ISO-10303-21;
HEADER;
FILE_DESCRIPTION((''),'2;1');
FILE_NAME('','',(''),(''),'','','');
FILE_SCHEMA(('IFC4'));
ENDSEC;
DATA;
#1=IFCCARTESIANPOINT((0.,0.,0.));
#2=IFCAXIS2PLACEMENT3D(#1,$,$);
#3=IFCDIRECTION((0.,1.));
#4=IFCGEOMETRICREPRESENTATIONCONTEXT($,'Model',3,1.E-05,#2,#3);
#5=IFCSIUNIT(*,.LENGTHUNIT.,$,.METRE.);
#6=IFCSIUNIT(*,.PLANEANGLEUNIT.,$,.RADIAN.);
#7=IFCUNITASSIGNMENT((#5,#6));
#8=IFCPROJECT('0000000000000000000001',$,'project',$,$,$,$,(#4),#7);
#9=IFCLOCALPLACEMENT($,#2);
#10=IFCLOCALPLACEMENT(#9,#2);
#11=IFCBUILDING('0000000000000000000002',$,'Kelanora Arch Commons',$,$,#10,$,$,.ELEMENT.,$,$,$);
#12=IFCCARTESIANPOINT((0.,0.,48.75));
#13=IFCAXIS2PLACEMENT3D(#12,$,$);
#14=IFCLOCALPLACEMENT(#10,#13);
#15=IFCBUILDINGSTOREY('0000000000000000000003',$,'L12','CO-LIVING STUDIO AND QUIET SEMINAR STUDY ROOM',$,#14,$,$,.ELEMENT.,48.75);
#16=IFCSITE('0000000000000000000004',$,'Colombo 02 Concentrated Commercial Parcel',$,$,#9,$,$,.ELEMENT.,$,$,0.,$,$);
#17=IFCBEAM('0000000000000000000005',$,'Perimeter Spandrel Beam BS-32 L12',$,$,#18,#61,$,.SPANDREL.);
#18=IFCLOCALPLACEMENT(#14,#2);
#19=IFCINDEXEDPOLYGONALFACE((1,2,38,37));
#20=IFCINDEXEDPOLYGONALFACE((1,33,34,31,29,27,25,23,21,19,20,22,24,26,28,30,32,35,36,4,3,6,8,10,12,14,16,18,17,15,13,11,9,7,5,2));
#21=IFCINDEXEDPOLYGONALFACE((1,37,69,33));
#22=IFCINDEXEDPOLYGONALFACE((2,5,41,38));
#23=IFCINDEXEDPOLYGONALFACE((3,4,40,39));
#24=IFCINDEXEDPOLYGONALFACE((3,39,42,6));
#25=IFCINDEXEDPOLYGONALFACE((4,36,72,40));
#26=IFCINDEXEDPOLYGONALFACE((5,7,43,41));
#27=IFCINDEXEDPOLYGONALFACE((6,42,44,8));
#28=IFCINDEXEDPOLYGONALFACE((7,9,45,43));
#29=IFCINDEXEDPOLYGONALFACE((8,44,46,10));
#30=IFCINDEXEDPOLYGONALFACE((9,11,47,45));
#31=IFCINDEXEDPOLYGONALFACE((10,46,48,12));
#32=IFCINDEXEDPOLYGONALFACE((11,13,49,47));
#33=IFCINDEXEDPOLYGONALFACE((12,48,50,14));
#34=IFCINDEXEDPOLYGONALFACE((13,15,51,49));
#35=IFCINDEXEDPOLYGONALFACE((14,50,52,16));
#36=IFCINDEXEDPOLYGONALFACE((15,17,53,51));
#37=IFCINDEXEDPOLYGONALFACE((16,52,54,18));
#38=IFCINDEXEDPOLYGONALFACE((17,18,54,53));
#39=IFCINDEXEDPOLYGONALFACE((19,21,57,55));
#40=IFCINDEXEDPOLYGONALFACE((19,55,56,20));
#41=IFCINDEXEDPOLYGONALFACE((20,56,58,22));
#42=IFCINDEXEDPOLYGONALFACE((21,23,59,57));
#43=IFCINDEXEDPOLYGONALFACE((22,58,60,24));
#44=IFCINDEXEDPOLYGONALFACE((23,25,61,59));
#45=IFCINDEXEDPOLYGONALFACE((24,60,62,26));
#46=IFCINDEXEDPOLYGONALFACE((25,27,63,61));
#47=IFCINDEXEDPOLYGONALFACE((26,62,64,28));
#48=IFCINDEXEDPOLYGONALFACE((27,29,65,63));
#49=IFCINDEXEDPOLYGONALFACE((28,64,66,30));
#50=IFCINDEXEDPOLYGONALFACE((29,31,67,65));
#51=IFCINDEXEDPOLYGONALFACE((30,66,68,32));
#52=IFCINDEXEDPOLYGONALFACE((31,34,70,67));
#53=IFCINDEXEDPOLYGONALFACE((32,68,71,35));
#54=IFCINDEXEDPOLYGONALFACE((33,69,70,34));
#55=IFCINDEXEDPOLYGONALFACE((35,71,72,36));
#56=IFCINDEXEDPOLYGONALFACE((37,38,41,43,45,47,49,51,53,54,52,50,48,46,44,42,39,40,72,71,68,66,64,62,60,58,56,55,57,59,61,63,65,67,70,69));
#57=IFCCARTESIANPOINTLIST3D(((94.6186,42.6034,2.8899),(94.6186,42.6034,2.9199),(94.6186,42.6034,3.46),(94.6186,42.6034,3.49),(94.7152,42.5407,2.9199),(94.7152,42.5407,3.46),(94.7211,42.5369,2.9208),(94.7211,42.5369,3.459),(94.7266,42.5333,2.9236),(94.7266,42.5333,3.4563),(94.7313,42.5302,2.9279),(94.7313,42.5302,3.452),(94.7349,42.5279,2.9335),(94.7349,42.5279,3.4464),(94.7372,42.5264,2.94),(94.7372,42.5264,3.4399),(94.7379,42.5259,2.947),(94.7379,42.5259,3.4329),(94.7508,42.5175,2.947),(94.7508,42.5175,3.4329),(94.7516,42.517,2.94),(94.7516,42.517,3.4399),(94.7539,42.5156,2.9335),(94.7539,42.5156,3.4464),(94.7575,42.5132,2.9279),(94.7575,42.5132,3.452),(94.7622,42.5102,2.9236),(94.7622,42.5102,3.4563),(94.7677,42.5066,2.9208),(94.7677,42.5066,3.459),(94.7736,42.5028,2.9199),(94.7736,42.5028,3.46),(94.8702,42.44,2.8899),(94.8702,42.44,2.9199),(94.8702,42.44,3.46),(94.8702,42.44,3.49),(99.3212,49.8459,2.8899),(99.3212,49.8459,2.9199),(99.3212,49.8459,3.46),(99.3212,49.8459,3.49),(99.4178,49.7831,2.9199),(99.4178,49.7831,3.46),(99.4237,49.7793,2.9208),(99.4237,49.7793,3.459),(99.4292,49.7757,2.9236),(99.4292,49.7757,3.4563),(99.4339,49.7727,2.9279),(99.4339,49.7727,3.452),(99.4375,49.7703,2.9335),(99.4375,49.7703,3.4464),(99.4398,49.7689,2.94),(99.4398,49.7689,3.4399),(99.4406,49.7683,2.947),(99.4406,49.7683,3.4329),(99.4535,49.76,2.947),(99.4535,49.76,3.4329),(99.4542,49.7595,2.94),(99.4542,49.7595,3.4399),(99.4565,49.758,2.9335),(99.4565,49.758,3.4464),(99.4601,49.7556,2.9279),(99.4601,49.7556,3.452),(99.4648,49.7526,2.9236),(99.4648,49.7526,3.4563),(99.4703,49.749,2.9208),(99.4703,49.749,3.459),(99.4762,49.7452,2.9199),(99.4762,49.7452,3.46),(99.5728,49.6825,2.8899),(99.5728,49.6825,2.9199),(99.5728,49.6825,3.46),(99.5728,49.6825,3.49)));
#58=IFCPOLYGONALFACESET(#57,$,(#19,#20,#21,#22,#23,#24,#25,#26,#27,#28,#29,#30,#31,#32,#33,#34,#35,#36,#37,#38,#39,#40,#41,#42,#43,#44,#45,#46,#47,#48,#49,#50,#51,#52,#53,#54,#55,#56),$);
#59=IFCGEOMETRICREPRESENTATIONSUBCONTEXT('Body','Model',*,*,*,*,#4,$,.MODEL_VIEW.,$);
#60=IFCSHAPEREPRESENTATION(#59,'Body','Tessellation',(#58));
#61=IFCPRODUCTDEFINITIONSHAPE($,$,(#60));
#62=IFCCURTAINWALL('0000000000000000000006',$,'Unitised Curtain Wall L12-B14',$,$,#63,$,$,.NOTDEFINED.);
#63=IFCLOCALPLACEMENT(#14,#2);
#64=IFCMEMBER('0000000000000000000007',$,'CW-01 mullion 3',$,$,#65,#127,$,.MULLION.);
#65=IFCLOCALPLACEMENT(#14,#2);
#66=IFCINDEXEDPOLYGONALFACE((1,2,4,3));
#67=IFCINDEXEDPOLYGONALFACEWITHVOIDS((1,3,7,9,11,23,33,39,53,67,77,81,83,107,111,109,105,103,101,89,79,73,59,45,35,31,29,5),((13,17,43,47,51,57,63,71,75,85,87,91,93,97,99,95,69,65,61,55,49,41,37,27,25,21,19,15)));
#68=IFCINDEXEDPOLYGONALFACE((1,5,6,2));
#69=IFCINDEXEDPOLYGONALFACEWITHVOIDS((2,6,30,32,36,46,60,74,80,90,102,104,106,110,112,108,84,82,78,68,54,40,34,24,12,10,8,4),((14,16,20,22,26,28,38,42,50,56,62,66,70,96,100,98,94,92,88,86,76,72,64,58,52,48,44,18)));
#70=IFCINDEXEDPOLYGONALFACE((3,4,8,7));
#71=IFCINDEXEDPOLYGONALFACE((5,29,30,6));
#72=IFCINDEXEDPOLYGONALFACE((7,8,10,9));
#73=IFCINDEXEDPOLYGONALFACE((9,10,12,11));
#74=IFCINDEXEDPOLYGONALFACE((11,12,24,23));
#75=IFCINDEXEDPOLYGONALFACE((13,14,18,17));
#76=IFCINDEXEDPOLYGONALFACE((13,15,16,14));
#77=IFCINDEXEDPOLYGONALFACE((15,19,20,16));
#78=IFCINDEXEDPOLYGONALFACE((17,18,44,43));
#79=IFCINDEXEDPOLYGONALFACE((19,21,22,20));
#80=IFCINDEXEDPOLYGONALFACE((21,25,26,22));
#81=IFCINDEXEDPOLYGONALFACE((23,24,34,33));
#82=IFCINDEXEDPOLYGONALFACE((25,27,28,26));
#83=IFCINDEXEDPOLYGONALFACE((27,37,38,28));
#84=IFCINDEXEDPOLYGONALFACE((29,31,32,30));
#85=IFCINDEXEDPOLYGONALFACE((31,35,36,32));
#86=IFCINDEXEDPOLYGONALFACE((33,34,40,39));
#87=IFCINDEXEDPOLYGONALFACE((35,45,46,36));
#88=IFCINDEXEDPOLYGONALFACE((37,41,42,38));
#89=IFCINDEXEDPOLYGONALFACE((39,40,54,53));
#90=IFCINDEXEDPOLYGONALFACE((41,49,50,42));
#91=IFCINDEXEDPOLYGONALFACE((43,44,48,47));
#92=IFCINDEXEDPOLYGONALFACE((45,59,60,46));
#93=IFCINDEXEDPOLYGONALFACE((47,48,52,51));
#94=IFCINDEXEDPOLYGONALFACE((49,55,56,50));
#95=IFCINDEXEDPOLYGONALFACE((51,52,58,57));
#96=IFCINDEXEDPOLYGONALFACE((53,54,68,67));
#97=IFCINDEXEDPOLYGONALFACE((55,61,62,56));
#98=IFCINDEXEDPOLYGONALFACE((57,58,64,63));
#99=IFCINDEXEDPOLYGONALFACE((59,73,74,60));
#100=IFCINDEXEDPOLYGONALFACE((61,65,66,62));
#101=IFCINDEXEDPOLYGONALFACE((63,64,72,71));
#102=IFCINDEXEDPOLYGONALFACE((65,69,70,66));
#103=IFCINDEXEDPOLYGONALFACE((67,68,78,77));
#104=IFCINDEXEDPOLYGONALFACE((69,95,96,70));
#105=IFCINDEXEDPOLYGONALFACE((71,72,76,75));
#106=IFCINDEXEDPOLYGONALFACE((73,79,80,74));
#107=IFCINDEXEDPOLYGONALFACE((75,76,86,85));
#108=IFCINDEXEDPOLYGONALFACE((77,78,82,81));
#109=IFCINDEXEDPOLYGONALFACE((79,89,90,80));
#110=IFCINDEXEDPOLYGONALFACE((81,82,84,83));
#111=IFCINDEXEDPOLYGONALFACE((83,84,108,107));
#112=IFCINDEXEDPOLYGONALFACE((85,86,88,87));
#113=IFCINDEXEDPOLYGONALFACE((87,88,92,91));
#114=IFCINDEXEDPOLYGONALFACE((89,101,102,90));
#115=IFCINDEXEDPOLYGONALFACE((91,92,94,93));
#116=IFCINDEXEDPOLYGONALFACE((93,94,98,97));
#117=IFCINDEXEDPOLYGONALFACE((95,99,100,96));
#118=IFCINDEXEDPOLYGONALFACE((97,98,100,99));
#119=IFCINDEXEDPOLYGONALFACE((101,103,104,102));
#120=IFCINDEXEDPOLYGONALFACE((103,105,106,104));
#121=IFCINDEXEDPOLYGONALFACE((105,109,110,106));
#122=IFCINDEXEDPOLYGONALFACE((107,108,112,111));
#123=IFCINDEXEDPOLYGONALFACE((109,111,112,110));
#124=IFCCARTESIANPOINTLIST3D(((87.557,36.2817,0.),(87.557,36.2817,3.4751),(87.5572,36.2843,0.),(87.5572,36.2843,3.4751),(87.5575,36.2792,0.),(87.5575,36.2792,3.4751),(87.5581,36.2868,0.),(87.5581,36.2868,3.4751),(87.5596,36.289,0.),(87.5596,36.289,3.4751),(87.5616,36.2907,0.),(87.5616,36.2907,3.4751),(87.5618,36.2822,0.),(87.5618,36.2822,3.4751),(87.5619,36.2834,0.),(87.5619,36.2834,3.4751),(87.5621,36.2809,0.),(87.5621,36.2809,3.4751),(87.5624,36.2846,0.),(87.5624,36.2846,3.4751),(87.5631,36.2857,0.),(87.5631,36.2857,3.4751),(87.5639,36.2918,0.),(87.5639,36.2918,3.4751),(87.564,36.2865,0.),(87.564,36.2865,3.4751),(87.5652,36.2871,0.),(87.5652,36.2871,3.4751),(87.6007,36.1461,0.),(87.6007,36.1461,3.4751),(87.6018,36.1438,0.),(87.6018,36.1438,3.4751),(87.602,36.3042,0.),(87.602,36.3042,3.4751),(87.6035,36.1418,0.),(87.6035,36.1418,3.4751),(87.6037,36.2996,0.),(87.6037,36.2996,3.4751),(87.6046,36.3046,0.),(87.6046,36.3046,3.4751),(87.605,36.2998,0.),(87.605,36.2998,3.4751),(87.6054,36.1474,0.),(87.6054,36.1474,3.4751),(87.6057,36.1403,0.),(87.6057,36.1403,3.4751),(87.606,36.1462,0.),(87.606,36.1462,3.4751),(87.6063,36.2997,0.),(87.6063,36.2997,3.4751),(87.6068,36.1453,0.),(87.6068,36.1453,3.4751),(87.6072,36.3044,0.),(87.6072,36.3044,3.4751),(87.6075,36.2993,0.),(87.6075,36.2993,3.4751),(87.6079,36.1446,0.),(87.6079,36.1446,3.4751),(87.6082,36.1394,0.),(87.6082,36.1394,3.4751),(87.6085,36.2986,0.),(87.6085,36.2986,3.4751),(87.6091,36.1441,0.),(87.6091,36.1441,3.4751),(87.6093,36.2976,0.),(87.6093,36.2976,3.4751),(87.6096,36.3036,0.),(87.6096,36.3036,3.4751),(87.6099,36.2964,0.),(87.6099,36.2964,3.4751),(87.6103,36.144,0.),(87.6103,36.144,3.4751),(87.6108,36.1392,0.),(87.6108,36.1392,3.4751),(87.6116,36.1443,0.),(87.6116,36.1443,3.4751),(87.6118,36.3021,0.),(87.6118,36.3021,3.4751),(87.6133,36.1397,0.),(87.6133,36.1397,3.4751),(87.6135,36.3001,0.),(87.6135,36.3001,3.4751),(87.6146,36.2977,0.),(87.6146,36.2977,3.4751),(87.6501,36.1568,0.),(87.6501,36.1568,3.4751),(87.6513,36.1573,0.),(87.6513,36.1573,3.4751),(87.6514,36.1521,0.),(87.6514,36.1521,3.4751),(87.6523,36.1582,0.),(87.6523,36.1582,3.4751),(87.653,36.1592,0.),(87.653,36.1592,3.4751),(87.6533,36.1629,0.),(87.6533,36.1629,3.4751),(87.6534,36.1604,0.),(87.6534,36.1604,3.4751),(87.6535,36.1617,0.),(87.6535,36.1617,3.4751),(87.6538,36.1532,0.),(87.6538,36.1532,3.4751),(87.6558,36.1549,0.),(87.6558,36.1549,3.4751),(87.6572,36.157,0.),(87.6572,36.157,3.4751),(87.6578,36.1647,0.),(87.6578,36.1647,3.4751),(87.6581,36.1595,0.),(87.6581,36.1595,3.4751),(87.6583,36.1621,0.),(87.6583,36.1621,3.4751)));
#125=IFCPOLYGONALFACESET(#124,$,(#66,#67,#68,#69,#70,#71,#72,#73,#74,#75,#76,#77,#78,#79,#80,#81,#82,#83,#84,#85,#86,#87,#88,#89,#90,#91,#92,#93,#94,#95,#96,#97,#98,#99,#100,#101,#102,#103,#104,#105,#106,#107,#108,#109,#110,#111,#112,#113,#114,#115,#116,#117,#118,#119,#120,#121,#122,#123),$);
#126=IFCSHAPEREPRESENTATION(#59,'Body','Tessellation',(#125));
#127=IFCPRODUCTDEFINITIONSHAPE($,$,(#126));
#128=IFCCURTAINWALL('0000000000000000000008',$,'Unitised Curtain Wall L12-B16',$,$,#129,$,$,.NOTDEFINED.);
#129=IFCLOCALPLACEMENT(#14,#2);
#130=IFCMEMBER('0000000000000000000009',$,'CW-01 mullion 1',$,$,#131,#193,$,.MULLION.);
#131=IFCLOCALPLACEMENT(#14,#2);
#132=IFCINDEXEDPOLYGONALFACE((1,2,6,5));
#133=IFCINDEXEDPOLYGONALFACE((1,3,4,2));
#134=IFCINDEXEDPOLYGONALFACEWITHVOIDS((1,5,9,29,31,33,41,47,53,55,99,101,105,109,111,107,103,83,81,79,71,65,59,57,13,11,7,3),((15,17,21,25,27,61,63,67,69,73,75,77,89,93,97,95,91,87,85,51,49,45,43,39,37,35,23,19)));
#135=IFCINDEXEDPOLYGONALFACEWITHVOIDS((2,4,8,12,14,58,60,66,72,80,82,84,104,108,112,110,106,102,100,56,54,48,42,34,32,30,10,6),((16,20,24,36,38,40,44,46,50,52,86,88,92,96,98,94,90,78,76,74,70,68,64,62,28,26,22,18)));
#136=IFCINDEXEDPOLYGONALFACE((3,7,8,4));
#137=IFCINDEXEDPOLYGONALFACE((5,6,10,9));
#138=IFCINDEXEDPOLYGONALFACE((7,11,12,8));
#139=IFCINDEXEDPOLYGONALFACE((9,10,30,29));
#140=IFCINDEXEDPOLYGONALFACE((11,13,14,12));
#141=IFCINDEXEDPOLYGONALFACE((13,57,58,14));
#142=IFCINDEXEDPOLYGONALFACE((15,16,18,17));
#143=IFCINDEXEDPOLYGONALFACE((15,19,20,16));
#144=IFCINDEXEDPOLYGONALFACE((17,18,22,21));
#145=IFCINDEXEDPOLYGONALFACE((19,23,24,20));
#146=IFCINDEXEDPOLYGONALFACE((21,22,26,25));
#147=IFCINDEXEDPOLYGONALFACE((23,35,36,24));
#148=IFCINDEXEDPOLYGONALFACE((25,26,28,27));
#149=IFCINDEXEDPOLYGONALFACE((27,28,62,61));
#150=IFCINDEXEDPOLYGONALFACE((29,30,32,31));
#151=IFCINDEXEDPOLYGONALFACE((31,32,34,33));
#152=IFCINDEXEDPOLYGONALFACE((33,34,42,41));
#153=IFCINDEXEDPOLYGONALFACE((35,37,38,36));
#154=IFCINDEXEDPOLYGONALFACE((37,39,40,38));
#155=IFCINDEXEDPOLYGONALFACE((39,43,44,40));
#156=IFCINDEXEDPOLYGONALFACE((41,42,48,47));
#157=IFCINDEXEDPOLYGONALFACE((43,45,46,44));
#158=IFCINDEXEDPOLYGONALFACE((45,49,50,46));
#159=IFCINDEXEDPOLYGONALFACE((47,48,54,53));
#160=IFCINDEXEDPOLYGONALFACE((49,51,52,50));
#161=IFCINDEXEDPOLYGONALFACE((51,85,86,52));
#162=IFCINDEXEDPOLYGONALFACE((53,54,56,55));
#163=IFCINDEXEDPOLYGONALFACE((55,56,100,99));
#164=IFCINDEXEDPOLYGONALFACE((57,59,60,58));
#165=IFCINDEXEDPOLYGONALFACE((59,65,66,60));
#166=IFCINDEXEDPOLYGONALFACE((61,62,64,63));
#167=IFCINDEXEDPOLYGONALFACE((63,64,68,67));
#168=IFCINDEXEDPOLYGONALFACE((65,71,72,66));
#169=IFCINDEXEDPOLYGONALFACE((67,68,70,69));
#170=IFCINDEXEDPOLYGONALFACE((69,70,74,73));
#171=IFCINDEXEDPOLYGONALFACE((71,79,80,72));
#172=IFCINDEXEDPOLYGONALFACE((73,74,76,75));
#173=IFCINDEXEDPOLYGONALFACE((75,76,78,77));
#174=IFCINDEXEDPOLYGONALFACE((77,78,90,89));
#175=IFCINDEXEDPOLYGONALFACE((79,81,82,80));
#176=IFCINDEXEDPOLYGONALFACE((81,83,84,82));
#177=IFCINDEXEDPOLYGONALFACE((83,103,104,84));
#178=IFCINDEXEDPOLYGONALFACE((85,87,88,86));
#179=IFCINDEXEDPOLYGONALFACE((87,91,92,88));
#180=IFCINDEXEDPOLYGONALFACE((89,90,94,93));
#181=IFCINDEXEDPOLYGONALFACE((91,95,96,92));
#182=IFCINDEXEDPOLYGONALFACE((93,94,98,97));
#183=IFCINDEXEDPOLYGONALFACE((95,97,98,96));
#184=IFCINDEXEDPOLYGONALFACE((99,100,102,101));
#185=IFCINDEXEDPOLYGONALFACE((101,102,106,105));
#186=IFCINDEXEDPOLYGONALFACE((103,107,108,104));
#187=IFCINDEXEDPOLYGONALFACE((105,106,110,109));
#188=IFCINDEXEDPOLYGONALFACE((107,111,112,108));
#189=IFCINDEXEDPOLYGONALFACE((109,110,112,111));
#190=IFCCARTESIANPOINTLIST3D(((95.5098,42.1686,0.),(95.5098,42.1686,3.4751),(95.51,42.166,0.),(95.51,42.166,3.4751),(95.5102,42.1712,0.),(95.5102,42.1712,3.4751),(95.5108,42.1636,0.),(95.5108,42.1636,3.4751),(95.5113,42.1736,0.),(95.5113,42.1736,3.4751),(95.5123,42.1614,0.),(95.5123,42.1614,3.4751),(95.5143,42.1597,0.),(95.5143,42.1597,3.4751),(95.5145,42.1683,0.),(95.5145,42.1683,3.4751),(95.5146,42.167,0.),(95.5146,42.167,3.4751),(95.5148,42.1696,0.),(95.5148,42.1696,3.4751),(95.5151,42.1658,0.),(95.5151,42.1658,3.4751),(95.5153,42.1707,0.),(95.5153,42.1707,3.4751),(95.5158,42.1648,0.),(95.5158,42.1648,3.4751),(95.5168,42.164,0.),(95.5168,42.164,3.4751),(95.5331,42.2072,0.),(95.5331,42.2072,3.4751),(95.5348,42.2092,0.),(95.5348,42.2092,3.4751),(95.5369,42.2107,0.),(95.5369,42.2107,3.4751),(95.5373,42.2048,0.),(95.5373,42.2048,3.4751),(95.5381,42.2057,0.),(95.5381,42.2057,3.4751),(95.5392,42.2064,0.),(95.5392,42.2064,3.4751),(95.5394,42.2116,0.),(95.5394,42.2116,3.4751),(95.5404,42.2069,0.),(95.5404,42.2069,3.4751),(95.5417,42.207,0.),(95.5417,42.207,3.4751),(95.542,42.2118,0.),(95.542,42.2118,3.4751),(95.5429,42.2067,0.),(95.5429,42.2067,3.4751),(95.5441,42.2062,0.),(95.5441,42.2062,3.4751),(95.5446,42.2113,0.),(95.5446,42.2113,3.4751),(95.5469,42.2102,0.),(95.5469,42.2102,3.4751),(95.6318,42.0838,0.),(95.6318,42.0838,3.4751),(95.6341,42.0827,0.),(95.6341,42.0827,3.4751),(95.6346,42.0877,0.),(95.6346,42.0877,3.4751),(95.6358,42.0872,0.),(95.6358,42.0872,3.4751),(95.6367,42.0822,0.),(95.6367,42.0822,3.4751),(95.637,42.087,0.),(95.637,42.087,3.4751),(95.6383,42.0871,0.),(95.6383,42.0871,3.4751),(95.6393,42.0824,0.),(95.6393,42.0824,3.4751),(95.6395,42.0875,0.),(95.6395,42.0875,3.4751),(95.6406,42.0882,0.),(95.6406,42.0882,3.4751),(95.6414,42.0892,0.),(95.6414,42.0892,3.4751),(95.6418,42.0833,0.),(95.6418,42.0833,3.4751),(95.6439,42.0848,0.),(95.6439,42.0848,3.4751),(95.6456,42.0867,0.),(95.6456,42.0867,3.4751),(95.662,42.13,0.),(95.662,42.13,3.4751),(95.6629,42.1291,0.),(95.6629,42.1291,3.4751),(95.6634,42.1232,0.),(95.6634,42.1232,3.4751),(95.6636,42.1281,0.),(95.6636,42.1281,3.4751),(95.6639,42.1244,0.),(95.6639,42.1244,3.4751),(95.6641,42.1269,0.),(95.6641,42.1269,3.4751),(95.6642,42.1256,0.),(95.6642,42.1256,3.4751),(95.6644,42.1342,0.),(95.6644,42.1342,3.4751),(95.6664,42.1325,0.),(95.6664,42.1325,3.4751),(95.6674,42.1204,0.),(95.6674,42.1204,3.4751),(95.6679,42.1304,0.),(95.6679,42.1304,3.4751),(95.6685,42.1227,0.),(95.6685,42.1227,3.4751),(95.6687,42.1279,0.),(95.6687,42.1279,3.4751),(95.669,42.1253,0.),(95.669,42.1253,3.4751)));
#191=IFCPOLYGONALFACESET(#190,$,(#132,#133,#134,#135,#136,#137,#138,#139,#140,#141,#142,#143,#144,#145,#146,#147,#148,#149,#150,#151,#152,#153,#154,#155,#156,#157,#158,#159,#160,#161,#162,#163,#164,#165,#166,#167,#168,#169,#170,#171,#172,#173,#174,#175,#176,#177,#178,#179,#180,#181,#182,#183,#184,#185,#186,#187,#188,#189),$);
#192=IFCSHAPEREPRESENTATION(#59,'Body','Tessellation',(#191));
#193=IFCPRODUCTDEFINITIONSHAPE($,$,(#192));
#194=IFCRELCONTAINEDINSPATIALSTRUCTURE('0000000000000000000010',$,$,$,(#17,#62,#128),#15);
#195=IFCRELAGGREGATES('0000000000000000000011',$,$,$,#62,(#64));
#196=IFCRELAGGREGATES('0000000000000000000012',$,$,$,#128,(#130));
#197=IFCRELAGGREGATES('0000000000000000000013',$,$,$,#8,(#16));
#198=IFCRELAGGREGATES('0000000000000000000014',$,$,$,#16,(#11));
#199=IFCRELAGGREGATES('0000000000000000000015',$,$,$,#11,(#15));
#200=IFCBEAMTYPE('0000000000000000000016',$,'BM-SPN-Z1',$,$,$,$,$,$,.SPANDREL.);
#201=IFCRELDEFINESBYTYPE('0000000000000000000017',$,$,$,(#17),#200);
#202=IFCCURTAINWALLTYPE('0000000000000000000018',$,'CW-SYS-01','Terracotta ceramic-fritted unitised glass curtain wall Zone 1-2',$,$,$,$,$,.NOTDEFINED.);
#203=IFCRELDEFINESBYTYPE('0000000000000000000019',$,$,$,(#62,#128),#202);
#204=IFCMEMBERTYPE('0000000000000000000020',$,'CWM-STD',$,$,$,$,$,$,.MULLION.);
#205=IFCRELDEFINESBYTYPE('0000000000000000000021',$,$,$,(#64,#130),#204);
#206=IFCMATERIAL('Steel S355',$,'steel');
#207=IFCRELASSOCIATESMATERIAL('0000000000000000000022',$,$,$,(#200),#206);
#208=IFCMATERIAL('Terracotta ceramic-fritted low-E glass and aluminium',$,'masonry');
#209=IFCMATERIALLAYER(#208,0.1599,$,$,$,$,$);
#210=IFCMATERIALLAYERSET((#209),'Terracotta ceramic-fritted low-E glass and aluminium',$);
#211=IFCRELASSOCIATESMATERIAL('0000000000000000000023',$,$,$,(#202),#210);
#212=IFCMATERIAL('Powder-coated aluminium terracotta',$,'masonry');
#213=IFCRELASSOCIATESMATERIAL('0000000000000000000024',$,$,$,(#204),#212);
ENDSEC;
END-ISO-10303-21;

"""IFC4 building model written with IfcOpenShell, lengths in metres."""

from ifc_helpers import new_model, si_unit, direction, frame, origin, origin_2d, place, context, subcontext, project, spatial, hollow_rectangle, i_section, extrude, material, layer, layer_set, material_profile, profile_set, type_object, element, aggregate, save


model = new_model("IFC4")

# Units and contexts
model_context = context("Model", 3, precision=1e-05, world=origin(), true_north=direction((0.0, 1.0)))
body_context = subcontext(model_context, "Body", "Model", "MODEL_VIEW")
ifc_project = project(units=[si_unit("LENGTHUNIT", "METRE"), si_unit("PLANEANGLEUNIT", "RADIAN")], contexts=[model_context])

# Site, building, storey
site_placement = place(None, origin())
site = spatial("IfcSite", under=ifc_project, at=site_placement, Name="Colombo 02 Concentrated Commercial Parcel", CompositionType="ELEMENT", RefElevation=0.0)
building_placement = place(site_placement, origin())
building = spatial("IfcBuilding", under=site, at=building_placement, Name="Kelanora Arch Commons", CompositionType="ELEMENT")
storey_placement = place(building_placement, frame((0.0, 0.0, 48.75)))
storey = spatial("IfcBuildingStorey", under=building, at=storey_placement, Name="L12", Description="CO-LIVING STUDIO AND QUIET SEMINAR STUDY ROOM", CompositionType="ELEMENT", Elevation=48.75)

# Beam
ifc_material_1 = material(Name="Steel S355", Category="steel")
ifc_material_profile_1 = material_profile(ifc_material_1, i_section(OverallWidth=0.3, OverallDepth=0.6001, WebThickness=0.0154, FlangeThickness=0.03, FilletRadius=0.0271, at=origin_2d()), Name="HEB600")
ifc_profile_set_1 = profile_set([ifc_material_profile_1], Name="Steel S355")
beam_type_1 = type_object("IfcBeamType", Name="BM-SPN-Z1", PredefinedType="SPANDREL", material=ifc_profile_set_1)
beam_1_placement = place(storey_placement, frame((94.7444, 42.5217, 3.1899), z_axis=(0.544586, 0.838705, 0.0), x_axis=(-0.838705, 0.544586, 0.0)))
element("IfcBeam", 1, at=beam_1_placement, inside=storey, type_object=beam_type_1, Name="Perimeter Spandrel Beam BS-32 L12", PredefinedType="SPANDREL", context=body_context, shape_type="SweptSolid", body=[
    extrude(i_section(OverallWidth=0.3, OverallDepth=0.6001, WebThickness=0.0154, FlangeThickness=0.03, FilletRadius=0.0271, at=origin_2d()), origin(), (0.0, 0.0, 1.0), 8.6353),
])

# Curtain wall, member
ifc_material_2 = material(Name="Terracotta ceramic-fritted low-E glass and aluminium", Category="masonry")
ifc_layer_1 = layer(ifc_material_2, 0.1599)
ifc_layer_set_1 = layer_set([ifc_layer_1], Name="Terracotta ceramic-fritted low-E glass and aluminium")
curtain_wall_type = type_object("IfcCurtainWallType", Name="CW-SYS-01", Description="Terracotta ceramic-fritted unitised glass curtain wall Zone 1-2", PredefinedType="NOTDEFINED", material=ifc_layer_set_1)
curtain_wall_1_placement = place(storey_placement, origin())
curtain_wall_1 = element("IfcCurtainWall", 2, at=curtain_wall_1_placement, inside=storey, type_object=curtain_wall_type, Name="Unitised Curtain Wall L12-B14", PredefinedType="NOTDEFINED")
ifc_material_3 = material(Name="Powder-coated aluminium terracotta", Category="masonry")
ifc_material_profile_2 = material_profile(ifc_material_3, hollow_rectangle(XDim=0.1599, YDim=0.0601, WallThickness=0.0049, InnerFilletRadius=0.0049, OuterFilletRadius=0.01, at=origin_2d()), Name="CWM160x60")
ifc_profile_set_2 = profile_set([ifc_material_profile_2], Name="Powder-coated aluminium terracotta")
member_type_1 = type_object("IfcMemberType", Name="CWM-STD", PredefinedType="MULLION", material=ifc_profile_set_2)
member_1_placement = place(storey_placement, frame((87.6077, 36.2219, 0.0), z_axis=(0.0, 0.0, 1.0), x_axis=(-0.309058, 0.951043, 0.0)))
member_1 = element("IfcMember", 3, at=member_1_placement, type_object=member_type_1, Name="CW-01 mullion 3", PredefinedType="MULLION", context=body_context, shape_type="SweptSolid", body=[
    extrude(hollow_rectangle(XDim=0.1599, YDim=0.0601, WallThickness=0.0049, InnerFilletRadius=0.0049, OuterFilletRadius=0.01, at=origin_2d()), origin(), (0.0, 0.0, 1.0), 3.4751),
])

# Curtain wall, member
curtain_wall_2_placement = place(storey_placement, origin())
curtain_wall_2 = element("IfcCurtainWall", 4, at=curtain_wall_2_placement, inside=storey, type_object=curtain_wall_type, Name="Unitised Curtain Wall L12-B16", PredefinedType="NOTDEFINED")
member_2_placement = place(storey_placement, frame((95.5894, 42.147, 0.0), z_axis=(0.0, 0.0, 1.0), x_axis=(-0.83973, 0.543004, 0.0)))
member_2 = element("IfcMember", 5, at=member_2_placement, type_object=member_type_1, Name="CW-01 mullion 1", PredefinedType="MULLION", context=body_context, shape_type="SweptSolid", body=[
    extrude(hollow_rectangle(XDim=0.1599, YDim=0.0601, WallThickness=0.0049, InnerFilletRadius=0.0049, OuterFilletRadius=0.01, at=origin_2d()), origin(), (0.0, 0.0, 1.0), 3.4751),
])

aggregate(curtain_wall_1, [member_1])
aggregate(curtain_wall_2, [member_2])

save(model, "model.ifc")
